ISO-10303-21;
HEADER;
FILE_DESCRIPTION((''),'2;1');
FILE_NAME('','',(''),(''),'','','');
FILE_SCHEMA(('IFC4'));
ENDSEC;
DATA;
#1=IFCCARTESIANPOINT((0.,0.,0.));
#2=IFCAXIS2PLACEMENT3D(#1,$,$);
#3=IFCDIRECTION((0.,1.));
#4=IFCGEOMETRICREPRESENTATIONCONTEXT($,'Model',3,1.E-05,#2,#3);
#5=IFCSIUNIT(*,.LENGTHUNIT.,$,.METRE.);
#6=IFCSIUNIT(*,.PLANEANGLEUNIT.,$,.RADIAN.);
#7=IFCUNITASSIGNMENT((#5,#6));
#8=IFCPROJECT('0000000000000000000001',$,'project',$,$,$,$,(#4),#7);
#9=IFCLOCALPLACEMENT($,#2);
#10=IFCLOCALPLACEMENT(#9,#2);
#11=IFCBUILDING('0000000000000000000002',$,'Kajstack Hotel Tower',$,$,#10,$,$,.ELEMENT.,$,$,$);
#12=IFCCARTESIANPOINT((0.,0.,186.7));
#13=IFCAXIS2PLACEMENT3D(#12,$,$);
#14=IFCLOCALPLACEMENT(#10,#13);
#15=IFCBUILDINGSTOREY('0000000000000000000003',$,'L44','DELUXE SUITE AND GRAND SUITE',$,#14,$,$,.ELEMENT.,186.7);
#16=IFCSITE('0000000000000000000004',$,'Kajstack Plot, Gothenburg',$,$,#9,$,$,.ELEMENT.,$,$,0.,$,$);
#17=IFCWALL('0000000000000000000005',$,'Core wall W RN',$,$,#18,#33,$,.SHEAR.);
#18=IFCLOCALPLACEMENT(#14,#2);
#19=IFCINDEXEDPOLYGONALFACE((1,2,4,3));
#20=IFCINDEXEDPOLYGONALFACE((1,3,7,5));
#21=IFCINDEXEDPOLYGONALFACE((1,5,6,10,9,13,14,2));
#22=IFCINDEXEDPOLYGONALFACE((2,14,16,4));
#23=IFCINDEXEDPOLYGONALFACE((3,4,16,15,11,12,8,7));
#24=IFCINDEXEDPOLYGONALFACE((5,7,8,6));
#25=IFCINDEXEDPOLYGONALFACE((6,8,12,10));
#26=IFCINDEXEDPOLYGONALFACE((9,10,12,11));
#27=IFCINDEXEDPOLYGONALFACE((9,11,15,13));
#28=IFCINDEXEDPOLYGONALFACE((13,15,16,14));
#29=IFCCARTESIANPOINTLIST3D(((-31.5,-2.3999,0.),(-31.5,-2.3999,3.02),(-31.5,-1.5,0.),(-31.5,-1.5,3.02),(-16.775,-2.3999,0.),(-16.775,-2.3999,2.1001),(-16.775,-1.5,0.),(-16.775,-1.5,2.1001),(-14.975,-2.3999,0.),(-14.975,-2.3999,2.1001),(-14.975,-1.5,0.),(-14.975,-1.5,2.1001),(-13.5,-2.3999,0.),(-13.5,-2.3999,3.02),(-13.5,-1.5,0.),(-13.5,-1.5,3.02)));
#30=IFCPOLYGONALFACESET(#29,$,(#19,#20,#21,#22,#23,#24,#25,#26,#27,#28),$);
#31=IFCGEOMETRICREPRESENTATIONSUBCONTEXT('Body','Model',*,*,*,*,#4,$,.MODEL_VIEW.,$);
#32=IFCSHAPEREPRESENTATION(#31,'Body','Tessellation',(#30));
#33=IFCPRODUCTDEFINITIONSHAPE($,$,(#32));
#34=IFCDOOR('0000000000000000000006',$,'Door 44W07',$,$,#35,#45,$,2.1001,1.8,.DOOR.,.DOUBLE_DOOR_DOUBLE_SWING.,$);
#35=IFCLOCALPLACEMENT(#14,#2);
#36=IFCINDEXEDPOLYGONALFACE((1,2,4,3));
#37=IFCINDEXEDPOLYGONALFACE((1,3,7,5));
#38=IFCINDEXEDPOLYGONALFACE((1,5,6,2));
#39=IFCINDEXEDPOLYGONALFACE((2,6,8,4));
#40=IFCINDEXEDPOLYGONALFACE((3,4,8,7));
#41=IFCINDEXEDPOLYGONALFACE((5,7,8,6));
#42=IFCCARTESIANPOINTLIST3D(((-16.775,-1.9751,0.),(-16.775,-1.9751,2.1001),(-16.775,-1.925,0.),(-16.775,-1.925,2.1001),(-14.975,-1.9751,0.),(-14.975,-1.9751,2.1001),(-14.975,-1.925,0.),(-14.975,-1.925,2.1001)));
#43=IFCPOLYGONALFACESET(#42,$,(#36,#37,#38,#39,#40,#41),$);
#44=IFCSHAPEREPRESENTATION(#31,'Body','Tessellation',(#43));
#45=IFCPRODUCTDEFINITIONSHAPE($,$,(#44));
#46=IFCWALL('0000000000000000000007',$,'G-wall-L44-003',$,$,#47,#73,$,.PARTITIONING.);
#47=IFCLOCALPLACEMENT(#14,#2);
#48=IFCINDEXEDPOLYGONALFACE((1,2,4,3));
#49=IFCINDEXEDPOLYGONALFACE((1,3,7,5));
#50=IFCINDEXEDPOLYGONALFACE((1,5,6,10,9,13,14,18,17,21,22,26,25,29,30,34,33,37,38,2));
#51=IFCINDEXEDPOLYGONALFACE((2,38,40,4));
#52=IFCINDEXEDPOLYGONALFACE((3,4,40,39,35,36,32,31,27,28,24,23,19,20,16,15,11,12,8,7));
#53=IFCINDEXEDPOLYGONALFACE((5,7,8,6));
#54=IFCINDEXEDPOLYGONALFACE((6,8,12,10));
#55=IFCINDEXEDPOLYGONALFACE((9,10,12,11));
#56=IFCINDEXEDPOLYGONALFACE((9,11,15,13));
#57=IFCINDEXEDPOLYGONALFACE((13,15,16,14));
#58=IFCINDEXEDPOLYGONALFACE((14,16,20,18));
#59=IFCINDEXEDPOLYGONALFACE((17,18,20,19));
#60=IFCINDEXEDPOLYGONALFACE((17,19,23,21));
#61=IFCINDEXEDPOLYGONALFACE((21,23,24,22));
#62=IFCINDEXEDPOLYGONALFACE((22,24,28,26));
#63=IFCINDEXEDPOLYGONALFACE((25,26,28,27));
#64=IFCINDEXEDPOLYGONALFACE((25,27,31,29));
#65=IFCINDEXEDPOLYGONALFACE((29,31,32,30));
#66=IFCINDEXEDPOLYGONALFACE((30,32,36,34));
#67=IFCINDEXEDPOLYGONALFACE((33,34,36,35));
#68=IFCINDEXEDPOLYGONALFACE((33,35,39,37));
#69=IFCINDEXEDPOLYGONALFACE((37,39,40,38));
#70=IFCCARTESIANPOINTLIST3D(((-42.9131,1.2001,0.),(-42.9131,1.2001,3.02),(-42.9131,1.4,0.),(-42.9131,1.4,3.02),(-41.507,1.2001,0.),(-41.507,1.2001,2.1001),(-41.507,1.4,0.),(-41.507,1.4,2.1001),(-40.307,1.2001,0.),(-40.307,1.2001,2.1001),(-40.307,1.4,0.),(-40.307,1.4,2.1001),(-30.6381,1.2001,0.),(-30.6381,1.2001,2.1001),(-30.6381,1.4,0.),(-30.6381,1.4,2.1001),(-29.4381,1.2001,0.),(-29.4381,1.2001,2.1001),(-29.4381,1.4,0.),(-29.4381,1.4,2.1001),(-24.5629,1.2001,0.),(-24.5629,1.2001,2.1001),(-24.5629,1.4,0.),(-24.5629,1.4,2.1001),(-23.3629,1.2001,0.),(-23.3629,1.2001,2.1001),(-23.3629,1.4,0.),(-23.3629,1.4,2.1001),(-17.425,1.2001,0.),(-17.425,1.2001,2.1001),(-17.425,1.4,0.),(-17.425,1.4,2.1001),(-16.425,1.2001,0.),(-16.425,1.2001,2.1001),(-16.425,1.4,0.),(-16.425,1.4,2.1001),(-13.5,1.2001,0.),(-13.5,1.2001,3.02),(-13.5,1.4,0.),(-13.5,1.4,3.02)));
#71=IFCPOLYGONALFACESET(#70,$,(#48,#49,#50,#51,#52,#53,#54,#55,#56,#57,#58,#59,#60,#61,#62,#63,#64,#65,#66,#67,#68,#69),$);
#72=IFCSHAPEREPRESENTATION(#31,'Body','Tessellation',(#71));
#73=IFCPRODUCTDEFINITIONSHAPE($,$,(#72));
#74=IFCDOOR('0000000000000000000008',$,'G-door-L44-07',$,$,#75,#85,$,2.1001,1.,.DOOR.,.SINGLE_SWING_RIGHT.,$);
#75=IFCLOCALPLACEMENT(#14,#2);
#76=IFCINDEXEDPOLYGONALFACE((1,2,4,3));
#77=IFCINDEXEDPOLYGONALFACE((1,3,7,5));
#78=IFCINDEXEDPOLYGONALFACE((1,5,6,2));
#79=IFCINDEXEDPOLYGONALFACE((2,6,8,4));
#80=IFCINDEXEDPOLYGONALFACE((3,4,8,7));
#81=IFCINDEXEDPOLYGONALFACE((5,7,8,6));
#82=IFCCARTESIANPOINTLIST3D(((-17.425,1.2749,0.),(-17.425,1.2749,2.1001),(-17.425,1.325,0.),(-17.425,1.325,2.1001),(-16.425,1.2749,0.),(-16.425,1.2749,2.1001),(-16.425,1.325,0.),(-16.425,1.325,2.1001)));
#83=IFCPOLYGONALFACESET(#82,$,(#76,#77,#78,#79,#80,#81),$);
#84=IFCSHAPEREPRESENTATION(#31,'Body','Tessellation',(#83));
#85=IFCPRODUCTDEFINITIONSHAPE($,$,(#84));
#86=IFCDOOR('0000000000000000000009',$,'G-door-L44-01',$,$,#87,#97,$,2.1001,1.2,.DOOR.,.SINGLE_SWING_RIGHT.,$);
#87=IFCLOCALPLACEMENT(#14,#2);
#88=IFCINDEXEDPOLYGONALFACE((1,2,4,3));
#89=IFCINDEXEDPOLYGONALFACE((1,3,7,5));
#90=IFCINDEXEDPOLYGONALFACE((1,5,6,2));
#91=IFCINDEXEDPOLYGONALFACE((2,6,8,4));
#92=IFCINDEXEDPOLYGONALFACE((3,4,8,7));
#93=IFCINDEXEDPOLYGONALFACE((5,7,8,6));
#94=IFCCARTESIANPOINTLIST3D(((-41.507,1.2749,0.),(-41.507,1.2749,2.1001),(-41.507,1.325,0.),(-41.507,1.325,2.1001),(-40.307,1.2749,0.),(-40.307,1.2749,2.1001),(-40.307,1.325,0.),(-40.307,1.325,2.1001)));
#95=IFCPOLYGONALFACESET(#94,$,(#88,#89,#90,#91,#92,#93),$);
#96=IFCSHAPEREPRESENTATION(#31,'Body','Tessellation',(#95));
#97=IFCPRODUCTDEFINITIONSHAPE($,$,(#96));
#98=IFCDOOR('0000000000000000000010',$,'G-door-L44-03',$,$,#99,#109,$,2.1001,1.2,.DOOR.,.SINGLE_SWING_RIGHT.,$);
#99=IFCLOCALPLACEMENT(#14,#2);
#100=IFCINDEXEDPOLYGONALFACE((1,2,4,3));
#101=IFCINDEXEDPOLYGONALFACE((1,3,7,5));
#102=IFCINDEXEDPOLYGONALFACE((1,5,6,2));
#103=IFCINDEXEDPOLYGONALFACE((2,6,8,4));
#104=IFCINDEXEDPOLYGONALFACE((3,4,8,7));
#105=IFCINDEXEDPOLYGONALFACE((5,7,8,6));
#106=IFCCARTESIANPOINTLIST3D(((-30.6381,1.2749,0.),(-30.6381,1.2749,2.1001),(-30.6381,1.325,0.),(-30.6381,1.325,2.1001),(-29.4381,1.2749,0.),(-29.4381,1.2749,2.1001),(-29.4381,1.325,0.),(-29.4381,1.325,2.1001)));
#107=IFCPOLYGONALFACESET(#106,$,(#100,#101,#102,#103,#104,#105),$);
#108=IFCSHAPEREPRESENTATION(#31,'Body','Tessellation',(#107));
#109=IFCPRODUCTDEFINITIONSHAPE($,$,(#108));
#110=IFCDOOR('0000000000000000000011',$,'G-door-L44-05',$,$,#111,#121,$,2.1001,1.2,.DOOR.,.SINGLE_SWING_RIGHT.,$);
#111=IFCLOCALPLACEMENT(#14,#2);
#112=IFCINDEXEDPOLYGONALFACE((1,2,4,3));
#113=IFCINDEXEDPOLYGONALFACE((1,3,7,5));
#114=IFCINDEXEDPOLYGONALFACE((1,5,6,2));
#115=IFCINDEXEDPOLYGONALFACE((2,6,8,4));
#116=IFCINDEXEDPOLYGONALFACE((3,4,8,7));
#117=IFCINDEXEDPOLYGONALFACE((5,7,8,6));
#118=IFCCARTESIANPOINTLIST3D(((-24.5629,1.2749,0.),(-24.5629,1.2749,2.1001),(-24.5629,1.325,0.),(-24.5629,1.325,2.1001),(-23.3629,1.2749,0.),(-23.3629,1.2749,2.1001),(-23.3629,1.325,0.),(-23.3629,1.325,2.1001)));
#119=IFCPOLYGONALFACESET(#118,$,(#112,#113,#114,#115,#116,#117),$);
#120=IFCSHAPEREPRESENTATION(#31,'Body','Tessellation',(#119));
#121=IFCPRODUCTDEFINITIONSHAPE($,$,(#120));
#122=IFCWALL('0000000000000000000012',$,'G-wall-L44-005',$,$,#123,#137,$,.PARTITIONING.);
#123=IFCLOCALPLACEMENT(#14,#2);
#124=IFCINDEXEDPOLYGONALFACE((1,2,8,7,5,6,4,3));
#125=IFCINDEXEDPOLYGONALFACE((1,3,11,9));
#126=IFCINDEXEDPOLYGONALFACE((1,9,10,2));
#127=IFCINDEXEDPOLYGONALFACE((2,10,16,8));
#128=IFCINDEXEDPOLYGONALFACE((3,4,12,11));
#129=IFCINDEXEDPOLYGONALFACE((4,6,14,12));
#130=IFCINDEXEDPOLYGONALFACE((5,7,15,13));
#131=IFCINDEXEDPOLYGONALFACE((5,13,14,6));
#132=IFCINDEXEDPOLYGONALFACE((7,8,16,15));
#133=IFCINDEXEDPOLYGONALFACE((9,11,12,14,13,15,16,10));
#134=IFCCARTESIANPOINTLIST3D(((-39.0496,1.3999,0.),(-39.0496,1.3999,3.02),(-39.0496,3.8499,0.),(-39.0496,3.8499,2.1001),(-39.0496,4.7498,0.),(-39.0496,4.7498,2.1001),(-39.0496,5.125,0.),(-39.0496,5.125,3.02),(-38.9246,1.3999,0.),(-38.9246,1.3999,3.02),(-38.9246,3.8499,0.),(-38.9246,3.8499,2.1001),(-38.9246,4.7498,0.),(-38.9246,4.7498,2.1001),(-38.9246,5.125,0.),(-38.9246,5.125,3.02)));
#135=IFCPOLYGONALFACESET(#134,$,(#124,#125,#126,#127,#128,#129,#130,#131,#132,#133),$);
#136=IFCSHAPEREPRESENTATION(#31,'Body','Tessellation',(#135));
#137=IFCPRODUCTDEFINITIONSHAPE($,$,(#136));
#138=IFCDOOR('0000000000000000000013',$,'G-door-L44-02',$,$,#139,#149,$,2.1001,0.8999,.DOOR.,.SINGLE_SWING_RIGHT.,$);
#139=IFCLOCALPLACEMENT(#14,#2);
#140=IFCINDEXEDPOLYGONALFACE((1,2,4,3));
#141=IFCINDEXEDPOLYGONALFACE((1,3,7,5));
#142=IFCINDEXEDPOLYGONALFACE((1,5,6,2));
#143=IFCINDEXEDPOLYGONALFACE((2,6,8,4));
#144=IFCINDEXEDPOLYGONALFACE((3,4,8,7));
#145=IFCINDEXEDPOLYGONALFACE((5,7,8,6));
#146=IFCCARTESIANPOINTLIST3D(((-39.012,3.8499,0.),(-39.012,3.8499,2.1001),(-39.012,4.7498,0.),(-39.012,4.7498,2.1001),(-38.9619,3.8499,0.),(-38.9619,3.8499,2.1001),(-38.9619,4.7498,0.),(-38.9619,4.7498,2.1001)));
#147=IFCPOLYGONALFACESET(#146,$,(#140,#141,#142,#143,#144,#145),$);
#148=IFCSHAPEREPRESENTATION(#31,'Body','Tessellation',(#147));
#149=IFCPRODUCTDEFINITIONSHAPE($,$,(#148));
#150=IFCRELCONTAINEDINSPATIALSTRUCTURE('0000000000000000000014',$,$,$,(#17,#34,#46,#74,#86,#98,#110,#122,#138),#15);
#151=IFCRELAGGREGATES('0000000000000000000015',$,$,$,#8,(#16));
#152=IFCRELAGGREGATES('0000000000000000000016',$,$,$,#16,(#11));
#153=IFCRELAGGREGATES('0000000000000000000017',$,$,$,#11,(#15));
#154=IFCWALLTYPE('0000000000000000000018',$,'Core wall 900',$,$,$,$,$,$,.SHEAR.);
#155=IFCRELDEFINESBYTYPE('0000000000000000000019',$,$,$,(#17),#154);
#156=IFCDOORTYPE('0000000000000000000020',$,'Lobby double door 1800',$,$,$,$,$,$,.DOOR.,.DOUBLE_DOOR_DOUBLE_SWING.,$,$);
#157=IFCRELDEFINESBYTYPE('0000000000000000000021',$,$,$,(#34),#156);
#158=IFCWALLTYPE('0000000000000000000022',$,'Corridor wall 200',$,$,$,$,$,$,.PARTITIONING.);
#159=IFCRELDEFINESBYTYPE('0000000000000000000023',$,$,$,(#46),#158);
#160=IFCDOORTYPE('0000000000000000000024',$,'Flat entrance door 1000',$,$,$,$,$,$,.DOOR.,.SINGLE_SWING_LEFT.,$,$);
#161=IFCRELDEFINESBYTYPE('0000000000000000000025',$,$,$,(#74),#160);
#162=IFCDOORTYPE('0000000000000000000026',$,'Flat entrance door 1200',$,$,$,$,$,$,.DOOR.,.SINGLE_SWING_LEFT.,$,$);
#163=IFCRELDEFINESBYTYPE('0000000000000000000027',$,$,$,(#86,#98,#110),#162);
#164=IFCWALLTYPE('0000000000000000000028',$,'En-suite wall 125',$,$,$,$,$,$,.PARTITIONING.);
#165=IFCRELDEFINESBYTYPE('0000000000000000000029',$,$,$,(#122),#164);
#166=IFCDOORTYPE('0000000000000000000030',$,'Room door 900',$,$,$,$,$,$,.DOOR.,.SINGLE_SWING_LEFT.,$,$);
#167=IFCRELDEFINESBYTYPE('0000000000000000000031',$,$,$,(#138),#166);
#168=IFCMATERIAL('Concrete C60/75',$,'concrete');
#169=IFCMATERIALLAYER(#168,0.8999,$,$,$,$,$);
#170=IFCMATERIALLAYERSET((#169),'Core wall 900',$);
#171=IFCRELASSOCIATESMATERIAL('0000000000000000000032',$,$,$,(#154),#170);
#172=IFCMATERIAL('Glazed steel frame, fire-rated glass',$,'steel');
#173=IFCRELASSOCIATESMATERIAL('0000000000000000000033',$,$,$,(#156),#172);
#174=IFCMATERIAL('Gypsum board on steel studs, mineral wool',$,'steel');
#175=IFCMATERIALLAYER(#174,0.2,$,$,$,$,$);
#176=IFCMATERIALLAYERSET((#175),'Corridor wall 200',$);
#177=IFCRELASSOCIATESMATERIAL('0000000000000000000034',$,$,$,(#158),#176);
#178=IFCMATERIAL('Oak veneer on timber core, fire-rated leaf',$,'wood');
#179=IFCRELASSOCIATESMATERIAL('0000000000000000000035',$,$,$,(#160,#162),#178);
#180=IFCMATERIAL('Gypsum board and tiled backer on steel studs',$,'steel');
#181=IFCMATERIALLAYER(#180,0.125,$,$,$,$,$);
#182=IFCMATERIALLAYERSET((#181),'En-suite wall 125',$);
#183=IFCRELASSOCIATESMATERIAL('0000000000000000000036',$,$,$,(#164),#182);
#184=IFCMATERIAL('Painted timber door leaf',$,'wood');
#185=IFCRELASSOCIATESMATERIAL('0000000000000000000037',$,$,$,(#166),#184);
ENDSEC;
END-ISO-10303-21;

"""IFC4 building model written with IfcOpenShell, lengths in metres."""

from ifc_helpers import new_model, si_unit, direction, frame, frame_2d, origin, place, context, subcontext, project, spatial, rectangle, extrude, material, layer, layer_set, type_object, element, fill, save


model = new_model("IFC4")

# Units and contexts
model_context = context("Model", 3, precision=1e-05, world=origin(), true_north=direction((0.0, 1.0)))
body_context = subcontext(model_context, "Body", "Model", "MODEL_VIEW")
ifc_project = project(units=[si_unit("LENGTHUNIT", "METRE"), si_unit("PLANEANGLEUNIT", "RADIAN")], contexts=[model_context])

# Site, building, storey
site_placement = place(None, origin())
site = spatial("IfcSite", under=ifc_project, at=site_placement, Name="Kajstack Plot, Gothenburg", CompositionType="ELEMENT", RefElevation=0.0)
building_placement = place(site_placement, origin())
building = spatial("IfcBuilding", under=site, at=building_placement, Name="Kajstack Hotel Tower", CompositionType="ELEMENT")
storey_placement = place(building_placement, frame((0.0, 0.0, 186.7)))
storey = spatial("IfcBuildingStorey", under=building, at=storey_placement, Name="L44", Description="DELUXE SUITE AND GRAND SUITE", CompositionType="ELEMENT", Elevation=186.7)

# Wall, opening, door
ifc_material_1 = material(Name="Concrete C60/75", Category="concrete")
ifc_layer_1 = layer(ifc_material_1, 0.8999)
ifc_layer_set_1 = layer_set([ifc_layer_1], Name="Core wall 900")
wall_type_1 = type_object("IfcWallType", Name="Core wall 900", PredefinedType="SHEAR", material=ifc_layer_set_1)
wall_1_placement = place(storey_placement, frame((-31.5, -1.95, 0.0), z_axis=(0.0, 0.0, 1.0), x_axis=(1.0, 0.0, 0.0)))
wall_1 = element("IfcWall", 1, at=wall_1_placement, inside=storey, type_object=wall_type_1, Name="Core wall W RN", PredefinedType="SHEAR", context=body_context, shape_type="SweptSolid", body=[
    extrude(rectangle(XDim=18.0, YDim=0.8999, at=frame_2d((9.0, 0.0))), origin(), (0.0, 0.0, 1.0), 3.02),
])
opening_1_placement = place(wall_1_placement, frame((14.7251, 0.0, 0.0)))
opening_1 = element("IfcOpeningElement", 2, at=opening_1_placement, cuts=wall_1, PredefinedType="OPENING", context=body_context, shape_type="SweptSolid", body=[
    extrude(rectangle(XDim=1.8, YDim=2.1001, at=frame_2d((0.8999, 1.05))), frame((0.0, 0.46, 0.0), z_axis=(0.0, -1.0, 0.0), x_axis=(1.0, 0.0, 0.0)), (0.0, 0.0, 1.0), 0.9199),
])
ifc_material_2 = material(Name="Glazed steel frame, fire-rated glass", Category="steel")
door_type_1 = type_object("IfcDoorType", Name="Lobby double door 1800", OperationType="DOUBLE_DOOR_DOUBLE_SWING", PredefinedType="DOOR", material=ifc_material_2)
door_1_placement = place(opening_1_placement, origin())
door_1 = element("IfcDoor", 3, at=door_1_placement, inside=storey, type_object=door_type_1, Name="Door 44W07", OperationType="DOUBLE_DOOR_DOUBLE_SWING", OverallHeight=2.1001, OverallWidth=1.8, PredefinedType="DOOR", context=body_context, shape_type="SweptSolid", body=[
    extrude(rectangle(XDim=1.8, YDim=2.1001, at=frame_2d((0.8999, 1.05))), frame((0.0, 0.0249, 0.0), z_axis=(0.0, -1.0, 0.0), x_axis=(1.0, 0.0, 0.0)), (0.0, 0.0, 1.0), 0.05),
])
fill(opening_1, door_1)

# Wall, openings, doors
ifc_material_3 = material(Name="Gypsum board on steel studs, mineral wool", Category="steel")
ifc_layer_2 = layer(ifc_material_3, 0.2)
ifc_layer_set_2 = layer_set([ifc_layer_2], Name="Corridor wall 200")
wall_type_2 = type_object("IfcWallType", Name="Corridor wall 200", PredefinedType="PARTITIONING", material=ifc_layer_set_2)
wall_2_placement = place(storey_placement, frame((-42.9131, 1.3, 0.0), z_axis=(0.0, 0.0, 1.0), x_axis=(1.0, 0.0, 0.0)))
wall_2 = element("IfcWall", 4, at=wall_2_placement, inside=storey, type_object=wall_type_2, Name="G-wall-L44-003", PredefinedType="PARTITIONING", context=body_context, shape_type="SweptSolid", body=[
    extrude(rectangle(XDim=29.4131, YDim=0.2, at=frame_2d((14.7065, 0.0))), origin(), (0.0, 0.0, 1.0), 3.02),
])
opening_2_placement = place(wall_2_placement, frame((1.406, 0.0, 0.0)))
opening_2 = element("IfcOpeningElement", 5, at=opening_2_placement, cuts=wall_2, PredefinedType="OPENING", context=body_context, shape_type="SweptSolid", body=[
    extrude(rectangle(XDim=1.2, YDim=2.1001, at=frame_2d((0.6001, 1.05))), frame((0.0, 0.1099, 0.0), z_axis=(0.0, -1.0, 0.0), x_axis=(1.0, 0.0, 0.0)), (0.0, 0.0, 1.0), 0.22),
])
opening_3_placement = place(wall_2_placement, frame((12.2749, 0.0, 0.0)))
opening_3 = element("IfcOpeningElement", 6, at=opening_3_placement, cuts=wall_2, PredefinedType="OPENING", context=body_context, shape_type="SweptSolid", body=[
    extrude(rectangle(XDim=1.2, YDim=2.1001, at=frame_2d((0.6001, 1.05))), frame((0.0, 0.1099, 0.0), z_axis=(0.0, -1.0, 0.0), x_axis=(1.0, 0.0, 0.0)), (0.0, 0.0, 1.0), 0.22),
])
opening_4_placement = place(wall_2_placement, frame((18.3501, 0.0, 0.0)))
opening_4 = element("IfcOpeningElement", 7, at=opening_4_placement, cuts=wall_2, PredefinedType="OPENING", context=body_context, shape_type="SweptSolid", body=[
    extrude(rectangle(XDim=1.2, YDim=2.1001, at=frame_2d((0.6001, 1.05))), frame((0.0, 0.1099, 0.0), z_axis=(0.0, -1.0, 0.0), x_axis=(1.0, 0.0, 0.0)), (0.0, 0.0, 1.0), 0.22),
])
opening_5_placement = place(wall_2_placement, frame((25.488, 0.0, 0.0)))
opening_5 = element("IfcOpeningElement", 8, at=opening_5_placement, cuts=wall_2, PredefinedType="OPENING", context=body_context, shape_type="SweptSolid", body=[
    extrude(rectangle(XDim=1.0, YDim=2.1001, at=frame_2d((0.5, 1.05))), frame((0.0, 0.1099, 0.0), z_axis=(0.0, -1.0, 0.0), x_axis=(1.0, 0.0, 0.0)), (0.0, 0.0, 1.0), 0.22),
])
ifc_material_4 = material(Name="Oak veneer on timber core, fire-rated leaf", Category="wood")
door_type_2 = type_object("IfcDoorType", Name="Flat entrance door 1000", OperationType="SINGLE_SWING_LEFT", PredefinedType="DOOR", material=ifc_material_4)
door_2_placement = place(opening_5_placement, origin())
door_2 = element("IfcDoor", 9, at=door_2_placement, inside=storey, type_object=door_type_2, Name="G-door-L44-07", OperationType="SINGLE_SWING_RIGHT", OverallHeight=2.1001, OverallWidth=1.0, PredefinedType="DOOR", context=body_context, shape_type="SweptSolid", body=[
    extrude(rectangle(XDim=1.0, YDim=2.1001, at=frame_2d((0.5, 1.05))), frame((0.0, 0.0249, 0.0), z_axis=(0.0, -1.0, 0.0), x_axis=(1.0, 0.0, 0.0)), (0.0, 0.0, 1.0), 0.05),
])
fill(opening_5, door_2)
door_type_3 = type_object("IfcDoorType", Name="Flat entrance door 1200", OperationType="SINGLE_SWING_LEFT", PredefinedType="DOOR", material=ifc_material_4)
door_3_placement = place(opening_2_placement, origin())
door_3 = element("IfcDoor", 10, at=door_3_placement, inside=storey, type_object=door_type_3, Name="G-door-L44-01", OperationType="SINGLE_SWING_RIGHT", OverallHeight=2.1001, OverallWidth=1.2, PredefinedType="DOOR", context=body_context, shape_type="SweptSolid", body=[
    extrude(rectangle(XDim=1.2, YDim=2.1001, at=frame_2d((0.6001, 1.05))), frame((0.0, 0.0249, 0.0), z_axis=(0.0, -1.0, 0.0), x_axis=(1.0, 0.0, 0.0)), (0.0, 0.0, 1.0), 0.05),
])
fill(opening_2, door_3)
door_4_placement = place(opening_3_placement, origin())
door_4 = element("IfcDoor", 11, at=door_4_placement, inside=storey, type_object=door_type_3, Name="G-door-L44-03", OperationType="SINGLE_SWING_RIGHT", OverallHeight=2.1001, OverallWidth=1.2, PredefinedType="DOOR", context=body_context, shape_type="SweptSolid", body=[
    extrude(rectangle(XDim=1.2, YDim=2.1001, at=frame_2d((0.6001, 1.05))), frame((0.0, 0.0249, 0.0), z_axis=(0.0, -1.0, 0.0), x_axis=(1.0, 0.0, 0.0)), (0.0, 0.0, 1.0), 0.05),
])
fill(opening_3, door_4)
door_5_placement = place(opening_4_placement, origin())
door_5 = element("IfcDoor", 12, at=door_5_placement, inside=storey, type_object=door_type_3, Name="G-door-L44-05", OperationType="SINGLE_SWING_RIGHT", OverallHeight=2.1001, OverallWidth=1.2, PredefinedType="DOOR", context=body_context, shape_type="SweptSolid", body=[
    extrude(rectangle(XDim=1.2, YDim=2.1001, at=frame_2d((0.6001, 1.05))), frame((0.0, 0.0249, 0.0), z_axis=(0.0, -1.0, 0.0), x_axis=(1.0, 0.0, 0.0)), (0.0, 0.0, 1.0), 0.05),
])
fill(opening_4, door_5)

# Wall, opening, door
ifc_material_5 = material(Name="Gypsum board and tiled backer on steel studs", Category="steel")
ifc_layer_3 = layer(ifc_material_5, 0.125)
ifc_layer_set_3 = layer_set([ifc_layer_3], Name="En-suite wall 125")
wall_type_3 = type_object("IfcWallType", Name="En-suite wall 125", PredefinedType="PARTITIONING", material=ifc_layer_set_3)
wall_3_placement = place(storey_placement, frame((-38.9871, 1.3999, 0.0), z_axis=(0.0, 0.0, 1.0), x_axis=(0.0, 1.0, 0.0)))
wall_3 = element("IfcWall", 13, at=wall_3_placement, inside=storey, type_object=wall_type_3, Name="G-wall-L44-005", PredefinedType="PARTITIONING", context=body_context, shape_type="SweptSolid", body=[
    extrude(rectangle(XDim=3.7251, YDim=0.125, at=frame_2d((1.8625, 0.0))), origin(), (0.0, 0.0, 1.0), 3.02),
])
opening_6_placement = place(wall_3_placement, frame((2.45, 0.0, 0.0)))
opening_6 = element("IfcOpeningElement", 14, at=opening_6_placement, cuts=wall_3, PredefinedType="OPENING", context=body_context, shape_type="SweptSolid", body=[
    extrude(rectangle(XDim=0.8999, YDim=2.1001, at=frame_2d((0.45, 1.05))), frame((0.0, 0.0725, 0.0), z_axis=(0.0, -1.0, 0.0), x_axis=(1.0, 0.0, 0.0)), (0.0, 0.0, 1.0), 0.145),
])
ifc_material_6 = material(Name="Painted timber door leaf", Category="wood")
door_type_4 = type_object("IfcDoorType", Name="Room door 900", OperationType="SINGLE_SWING_LEFT", PredefinedType="DOOR", material=ifc_material_6)
door_6_placement = place(opening_6_placement, origin())
door_6 = element("IfcDoor", 15, at=door_6_placement, inside=storey, type_object=door_type_4, Name="G-door-L44-02", OperationType="SINGLE_SWING_RIGHT", OverallHeight=2.1001, OverallWidth=0.8999, PredefinedType="DOOR", context=body_context, shape_type="SweptSolid", body=[
    extrude(rectangle(XDim=0.8999, YDim=2.1001, at=frame_2d((0.45, 1.05))), frame((0.0, 0.0249, 0.0), z_axis=(0.0, -1.0, 0.0), x_axis=(1.0, 0.0, 0.0)), (0.0, 0.0, 1.0), 0.05),
])
fill(opening_6, door_6)

save(model, "model.ifc")
